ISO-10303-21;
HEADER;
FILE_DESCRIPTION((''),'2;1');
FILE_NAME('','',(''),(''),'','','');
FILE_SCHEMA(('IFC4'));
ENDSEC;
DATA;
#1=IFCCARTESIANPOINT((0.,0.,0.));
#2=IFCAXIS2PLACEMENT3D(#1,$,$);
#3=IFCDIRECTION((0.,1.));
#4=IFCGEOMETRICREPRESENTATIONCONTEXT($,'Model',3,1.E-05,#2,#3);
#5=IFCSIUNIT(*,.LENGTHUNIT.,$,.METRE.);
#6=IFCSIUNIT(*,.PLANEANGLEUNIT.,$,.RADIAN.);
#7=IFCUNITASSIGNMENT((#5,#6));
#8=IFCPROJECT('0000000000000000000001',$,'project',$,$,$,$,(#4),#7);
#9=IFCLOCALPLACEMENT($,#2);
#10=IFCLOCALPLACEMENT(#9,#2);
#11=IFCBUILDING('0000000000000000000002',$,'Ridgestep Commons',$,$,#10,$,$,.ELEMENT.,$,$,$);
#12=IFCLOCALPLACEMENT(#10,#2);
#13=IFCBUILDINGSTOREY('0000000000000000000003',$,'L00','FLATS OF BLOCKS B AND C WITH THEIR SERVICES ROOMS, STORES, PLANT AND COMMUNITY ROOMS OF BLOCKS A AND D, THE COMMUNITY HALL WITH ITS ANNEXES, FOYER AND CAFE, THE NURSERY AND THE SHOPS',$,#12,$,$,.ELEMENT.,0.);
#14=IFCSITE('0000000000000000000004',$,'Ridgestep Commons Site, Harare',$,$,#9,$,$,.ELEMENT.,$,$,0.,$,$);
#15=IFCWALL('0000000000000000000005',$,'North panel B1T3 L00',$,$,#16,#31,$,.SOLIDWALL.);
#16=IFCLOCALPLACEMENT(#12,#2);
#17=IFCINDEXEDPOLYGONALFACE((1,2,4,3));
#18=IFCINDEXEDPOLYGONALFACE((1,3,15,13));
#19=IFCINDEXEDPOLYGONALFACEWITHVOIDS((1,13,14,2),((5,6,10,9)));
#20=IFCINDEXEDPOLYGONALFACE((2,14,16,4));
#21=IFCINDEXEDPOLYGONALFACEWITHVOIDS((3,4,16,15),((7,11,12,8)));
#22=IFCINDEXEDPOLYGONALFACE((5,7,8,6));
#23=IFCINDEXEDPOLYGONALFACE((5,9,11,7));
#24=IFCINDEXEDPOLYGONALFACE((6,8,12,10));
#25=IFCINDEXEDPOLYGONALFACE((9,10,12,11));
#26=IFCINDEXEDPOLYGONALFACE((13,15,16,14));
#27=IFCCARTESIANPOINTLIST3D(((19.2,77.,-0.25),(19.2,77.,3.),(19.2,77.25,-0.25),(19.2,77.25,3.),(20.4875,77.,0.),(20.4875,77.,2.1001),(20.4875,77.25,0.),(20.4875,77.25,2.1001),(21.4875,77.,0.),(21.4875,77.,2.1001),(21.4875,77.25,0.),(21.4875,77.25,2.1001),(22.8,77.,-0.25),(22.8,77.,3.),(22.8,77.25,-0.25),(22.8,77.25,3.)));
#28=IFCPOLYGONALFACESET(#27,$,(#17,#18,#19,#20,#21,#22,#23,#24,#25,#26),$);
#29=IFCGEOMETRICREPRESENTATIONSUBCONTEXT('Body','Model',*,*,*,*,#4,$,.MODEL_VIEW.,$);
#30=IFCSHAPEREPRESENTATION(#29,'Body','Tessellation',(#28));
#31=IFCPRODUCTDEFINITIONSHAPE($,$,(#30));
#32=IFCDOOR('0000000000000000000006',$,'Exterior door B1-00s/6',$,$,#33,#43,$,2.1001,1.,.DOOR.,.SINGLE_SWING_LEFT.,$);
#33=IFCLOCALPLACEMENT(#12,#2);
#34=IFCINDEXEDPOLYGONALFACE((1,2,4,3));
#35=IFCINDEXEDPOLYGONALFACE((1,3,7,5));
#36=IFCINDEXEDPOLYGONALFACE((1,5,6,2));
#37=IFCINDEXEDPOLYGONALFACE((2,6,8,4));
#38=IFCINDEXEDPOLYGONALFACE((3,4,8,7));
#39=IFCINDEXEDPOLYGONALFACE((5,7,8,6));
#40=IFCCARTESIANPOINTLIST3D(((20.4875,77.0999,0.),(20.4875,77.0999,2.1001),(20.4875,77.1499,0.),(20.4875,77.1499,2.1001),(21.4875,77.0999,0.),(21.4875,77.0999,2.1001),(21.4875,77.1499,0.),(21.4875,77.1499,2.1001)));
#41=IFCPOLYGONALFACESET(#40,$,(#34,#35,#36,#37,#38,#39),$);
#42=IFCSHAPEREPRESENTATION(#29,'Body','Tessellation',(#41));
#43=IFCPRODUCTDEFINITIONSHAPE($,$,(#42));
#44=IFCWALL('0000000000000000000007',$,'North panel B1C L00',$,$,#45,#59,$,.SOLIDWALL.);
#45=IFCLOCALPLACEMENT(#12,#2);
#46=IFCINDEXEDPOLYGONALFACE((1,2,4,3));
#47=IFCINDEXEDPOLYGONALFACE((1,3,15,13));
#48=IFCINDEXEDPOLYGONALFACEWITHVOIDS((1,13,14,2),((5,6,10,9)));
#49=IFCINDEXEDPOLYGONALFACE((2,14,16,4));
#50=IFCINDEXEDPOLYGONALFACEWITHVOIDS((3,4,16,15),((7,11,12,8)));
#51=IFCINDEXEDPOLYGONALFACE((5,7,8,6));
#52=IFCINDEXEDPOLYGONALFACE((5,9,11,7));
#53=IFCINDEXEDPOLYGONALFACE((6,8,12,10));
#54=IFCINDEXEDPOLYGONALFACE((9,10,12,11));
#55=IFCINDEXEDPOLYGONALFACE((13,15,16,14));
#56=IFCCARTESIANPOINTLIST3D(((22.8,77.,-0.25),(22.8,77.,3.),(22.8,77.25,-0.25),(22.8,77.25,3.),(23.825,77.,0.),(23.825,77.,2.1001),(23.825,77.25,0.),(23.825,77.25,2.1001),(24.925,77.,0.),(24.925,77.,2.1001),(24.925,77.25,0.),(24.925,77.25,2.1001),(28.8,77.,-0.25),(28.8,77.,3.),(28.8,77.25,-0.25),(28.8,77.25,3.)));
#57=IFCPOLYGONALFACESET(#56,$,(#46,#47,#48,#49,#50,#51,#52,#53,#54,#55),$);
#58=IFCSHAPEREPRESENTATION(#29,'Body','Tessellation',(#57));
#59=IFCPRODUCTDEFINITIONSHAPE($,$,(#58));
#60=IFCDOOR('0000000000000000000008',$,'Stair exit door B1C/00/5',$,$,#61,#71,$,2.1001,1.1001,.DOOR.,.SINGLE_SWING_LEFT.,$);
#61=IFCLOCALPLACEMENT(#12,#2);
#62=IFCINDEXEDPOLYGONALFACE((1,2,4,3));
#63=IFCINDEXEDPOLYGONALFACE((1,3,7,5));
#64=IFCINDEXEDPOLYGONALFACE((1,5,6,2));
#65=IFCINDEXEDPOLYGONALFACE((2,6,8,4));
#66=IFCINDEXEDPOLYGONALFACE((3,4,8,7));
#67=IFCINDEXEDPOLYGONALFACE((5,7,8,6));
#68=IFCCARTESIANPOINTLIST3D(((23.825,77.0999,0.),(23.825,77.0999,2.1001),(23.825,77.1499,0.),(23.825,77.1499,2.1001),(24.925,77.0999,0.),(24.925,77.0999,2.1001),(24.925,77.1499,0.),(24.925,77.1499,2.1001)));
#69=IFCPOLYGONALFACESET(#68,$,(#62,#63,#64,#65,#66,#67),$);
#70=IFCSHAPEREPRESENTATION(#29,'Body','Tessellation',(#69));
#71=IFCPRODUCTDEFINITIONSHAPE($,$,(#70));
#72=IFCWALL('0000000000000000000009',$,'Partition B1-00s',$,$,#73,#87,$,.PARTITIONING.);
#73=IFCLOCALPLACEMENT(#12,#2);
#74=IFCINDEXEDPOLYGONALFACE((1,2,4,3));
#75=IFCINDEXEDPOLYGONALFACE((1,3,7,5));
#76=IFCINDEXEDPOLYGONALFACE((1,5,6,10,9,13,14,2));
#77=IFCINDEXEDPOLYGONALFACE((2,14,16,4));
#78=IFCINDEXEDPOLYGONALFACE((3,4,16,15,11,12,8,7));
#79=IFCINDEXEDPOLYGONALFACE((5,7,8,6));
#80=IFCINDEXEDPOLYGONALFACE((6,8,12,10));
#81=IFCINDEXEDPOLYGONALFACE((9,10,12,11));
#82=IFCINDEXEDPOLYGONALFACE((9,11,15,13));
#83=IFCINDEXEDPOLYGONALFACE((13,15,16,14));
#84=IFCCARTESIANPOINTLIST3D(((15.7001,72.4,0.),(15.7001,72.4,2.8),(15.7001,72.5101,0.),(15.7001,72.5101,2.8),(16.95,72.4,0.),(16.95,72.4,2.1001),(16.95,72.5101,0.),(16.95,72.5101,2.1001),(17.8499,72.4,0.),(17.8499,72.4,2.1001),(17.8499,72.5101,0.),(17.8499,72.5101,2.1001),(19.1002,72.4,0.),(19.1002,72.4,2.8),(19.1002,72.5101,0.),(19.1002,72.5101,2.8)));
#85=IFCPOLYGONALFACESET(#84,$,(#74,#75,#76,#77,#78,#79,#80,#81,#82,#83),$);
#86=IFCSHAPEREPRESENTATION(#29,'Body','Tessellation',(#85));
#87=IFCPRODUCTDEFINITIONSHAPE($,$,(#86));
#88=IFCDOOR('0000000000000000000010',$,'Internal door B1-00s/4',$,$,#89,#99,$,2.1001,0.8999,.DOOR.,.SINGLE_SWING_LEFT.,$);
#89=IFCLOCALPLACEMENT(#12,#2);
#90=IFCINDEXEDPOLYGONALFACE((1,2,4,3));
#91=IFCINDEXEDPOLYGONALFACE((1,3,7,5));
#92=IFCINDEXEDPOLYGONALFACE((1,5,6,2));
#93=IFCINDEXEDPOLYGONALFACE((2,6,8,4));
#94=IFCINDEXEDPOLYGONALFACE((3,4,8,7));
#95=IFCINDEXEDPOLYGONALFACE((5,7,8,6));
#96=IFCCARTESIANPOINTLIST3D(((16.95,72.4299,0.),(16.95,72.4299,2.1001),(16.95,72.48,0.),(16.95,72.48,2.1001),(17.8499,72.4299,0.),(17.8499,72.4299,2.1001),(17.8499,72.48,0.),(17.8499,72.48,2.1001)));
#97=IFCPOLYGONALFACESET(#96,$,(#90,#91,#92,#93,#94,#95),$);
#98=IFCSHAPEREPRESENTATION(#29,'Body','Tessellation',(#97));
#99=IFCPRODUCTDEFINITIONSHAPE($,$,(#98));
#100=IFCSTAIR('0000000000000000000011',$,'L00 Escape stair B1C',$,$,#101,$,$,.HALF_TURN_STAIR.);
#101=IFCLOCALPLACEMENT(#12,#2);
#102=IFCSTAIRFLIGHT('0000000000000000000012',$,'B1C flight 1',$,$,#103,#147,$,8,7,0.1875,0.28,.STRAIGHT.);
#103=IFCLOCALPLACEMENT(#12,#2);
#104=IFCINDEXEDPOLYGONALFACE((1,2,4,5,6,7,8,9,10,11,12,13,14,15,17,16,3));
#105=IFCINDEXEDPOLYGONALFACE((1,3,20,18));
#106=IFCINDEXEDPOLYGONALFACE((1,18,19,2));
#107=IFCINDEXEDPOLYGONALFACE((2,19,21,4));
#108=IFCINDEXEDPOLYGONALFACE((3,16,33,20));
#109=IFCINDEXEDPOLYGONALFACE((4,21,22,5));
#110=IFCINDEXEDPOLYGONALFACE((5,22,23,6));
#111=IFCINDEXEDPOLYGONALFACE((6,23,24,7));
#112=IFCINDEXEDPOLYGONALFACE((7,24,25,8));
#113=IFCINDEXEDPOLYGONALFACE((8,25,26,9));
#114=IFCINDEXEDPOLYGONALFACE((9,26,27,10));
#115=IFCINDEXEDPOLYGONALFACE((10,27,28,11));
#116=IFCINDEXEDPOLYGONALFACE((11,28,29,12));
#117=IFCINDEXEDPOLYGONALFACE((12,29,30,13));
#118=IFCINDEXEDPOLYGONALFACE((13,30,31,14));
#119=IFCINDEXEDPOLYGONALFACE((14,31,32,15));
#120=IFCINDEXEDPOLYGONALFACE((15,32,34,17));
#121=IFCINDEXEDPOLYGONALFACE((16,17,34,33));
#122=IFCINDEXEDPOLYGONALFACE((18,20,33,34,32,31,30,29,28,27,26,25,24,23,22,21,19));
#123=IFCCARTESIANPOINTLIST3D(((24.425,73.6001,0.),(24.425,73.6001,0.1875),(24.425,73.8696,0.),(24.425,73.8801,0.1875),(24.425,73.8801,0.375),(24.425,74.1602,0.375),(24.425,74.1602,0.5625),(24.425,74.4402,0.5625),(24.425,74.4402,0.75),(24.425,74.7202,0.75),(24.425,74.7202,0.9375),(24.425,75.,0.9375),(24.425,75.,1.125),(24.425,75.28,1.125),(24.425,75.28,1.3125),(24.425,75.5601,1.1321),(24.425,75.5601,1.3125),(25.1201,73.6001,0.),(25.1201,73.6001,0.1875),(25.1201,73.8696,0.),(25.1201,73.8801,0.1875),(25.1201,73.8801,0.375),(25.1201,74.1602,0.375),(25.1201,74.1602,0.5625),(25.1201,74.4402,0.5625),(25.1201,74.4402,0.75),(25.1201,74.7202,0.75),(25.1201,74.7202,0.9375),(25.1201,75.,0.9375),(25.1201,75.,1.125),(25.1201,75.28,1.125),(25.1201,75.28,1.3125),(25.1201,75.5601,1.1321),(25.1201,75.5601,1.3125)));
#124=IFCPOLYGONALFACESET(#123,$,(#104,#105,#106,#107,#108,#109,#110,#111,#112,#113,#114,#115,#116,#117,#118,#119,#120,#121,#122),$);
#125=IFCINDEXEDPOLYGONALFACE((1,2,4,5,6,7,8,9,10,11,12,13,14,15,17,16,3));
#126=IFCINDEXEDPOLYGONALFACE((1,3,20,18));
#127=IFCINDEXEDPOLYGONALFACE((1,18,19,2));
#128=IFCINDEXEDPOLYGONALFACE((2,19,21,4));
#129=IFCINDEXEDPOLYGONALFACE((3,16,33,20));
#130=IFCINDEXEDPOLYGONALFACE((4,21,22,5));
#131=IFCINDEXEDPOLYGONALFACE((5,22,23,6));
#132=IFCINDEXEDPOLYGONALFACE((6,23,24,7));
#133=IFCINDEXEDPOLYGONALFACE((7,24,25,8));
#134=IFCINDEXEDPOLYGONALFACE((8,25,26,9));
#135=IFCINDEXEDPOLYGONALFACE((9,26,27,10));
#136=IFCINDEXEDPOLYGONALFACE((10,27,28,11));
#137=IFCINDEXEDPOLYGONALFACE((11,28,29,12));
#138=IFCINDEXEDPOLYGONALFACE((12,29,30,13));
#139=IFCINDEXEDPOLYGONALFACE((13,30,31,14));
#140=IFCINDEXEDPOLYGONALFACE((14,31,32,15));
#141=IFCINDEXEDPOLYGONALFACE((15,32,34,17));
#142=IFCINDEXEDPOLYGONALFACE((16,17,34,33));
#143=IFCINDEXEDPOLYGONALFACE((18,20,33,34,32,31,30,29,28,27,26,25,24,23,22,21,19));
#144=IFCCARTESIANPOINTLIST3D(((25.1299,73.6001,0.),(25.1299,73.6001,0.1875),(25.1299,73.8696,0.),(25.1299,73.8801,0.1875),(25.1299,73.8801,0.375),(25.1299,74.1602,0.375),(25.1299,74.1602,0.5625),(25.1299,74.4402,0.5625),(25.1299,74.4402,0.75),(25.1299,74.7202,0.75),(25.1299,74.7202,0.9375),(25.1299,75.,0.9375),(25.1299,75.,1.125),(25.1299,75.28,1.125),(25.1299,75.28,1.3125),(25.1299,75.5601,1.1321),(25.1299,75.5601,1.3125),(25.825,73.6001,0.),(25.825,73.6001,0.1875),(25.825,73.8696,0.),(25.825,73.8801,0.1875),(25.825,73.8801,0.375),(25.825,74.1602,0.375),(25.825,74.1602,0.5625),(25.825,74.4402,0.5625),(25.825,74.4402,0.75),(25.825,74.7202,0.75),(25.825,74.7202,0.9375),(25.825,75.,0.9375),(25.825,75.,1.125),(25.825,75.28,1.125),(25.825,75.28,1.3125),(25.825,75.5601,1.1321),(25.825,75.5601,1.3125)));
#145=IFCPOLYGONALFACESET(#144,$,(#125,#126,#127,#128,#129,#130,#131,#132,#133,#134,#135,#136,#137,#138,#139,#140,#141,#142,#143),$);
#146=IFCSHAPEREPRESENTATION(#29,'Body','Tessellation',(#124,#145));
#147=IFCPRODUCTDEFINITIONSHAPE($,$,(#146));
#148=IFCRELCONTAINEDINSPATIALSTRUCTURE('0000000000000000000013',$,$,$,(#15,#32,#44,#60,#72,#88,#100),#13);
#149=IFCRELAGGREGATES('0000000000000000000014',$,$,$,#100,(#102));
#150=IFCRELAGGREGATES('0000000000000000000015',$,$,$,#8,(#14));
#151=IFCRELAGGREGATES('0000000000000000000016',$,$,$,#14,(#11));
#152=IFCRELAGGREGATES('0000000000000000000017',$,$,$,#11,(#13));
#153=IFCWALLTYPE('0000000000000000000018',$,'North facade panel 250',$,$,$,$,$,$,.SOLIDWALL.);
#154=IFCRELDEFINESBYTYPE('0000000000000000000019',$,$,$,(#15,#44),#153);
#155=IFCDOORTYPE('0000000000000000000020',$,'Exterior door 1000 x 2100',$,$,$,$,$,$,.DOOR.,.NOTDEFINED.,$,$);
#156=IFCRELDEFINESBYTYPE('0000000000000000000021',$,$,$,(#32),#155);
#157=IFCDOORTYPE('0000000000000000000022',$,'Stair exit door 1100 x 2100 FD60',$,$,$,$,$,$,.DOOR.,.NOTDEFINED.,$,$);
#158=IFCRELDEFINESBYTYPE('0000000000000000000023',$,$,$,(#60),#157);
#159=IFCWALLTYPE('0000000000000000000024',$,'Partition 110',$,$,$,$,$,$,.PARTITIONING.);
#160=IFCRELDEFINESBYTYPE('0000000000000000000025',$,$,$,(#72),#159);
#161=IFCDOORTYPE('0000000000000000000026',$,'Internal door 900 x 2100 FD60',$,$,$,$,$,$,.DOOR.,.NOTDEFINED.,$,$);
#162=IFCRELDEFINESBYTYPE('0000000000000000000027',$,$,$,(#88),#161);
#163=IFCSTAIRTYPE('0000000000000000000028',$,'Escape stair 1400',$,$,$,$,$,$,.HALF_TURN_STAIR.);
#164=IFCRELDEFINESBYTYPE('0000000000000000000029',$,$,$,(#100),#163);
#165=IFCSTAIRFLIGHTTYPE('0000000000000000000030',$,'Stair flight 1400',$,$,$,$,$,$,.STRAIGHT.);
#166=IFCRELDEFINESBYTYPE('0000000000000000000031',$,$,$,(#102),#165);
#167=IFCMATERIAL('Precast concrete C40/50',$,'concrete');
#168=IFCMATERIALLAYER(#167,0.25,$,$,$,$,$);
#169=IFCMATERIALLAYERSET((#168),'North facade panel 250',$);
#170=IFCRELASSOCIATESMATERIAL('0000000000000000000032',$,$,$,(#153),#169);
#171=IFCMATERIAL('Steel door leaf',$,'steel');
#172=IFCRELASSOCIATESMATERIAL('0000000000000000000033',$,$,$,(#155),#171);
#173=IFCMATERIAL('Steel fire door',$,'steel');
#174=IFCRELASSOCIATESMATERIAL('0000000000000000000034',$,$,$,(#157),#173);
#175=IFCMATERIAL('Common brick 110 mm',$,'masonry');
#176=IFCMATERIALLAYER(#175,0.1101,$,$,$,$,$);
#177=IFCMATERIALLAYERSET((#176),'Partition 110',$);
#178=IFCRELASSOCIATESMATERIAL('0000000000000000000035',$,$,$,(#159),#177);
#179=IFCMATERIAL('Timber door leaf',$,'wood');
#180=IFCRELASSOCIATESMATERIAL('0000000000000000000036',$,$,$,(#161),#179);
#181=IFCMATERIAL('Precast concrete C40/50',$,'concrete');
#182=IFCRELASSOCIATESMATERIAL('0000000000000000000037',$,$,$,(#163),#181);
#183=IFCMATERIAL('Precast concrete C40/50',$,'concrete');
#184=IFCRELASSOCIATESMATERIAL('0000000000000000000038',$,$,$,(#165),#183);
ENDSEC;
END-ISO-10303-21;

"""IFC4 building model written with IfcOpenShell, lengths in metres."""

from ifc_helpers import new_model, si_unit, direction, frame, frame_2d, origin, place, context, subcontext, project, spatial, polyline, rectangle, outline, extrude, material, layer, layer_set, type_object, element, fill, aggregate, save


model = new_model("IFC4")

# Units and contexts
model_context = context("Model", 3, precision=1e-05, world=origin(), true_north=direction((0.0, 1.0)))
body_context = subcontext(model_context, "Body", "Model", "MODEL_VIEW")
ifc_project = project(units=[si_unit("LENGTHUNIT", "METRE"), si_unit("PLANEANGLEUNIT", "RADIAN")], contexts=[model_context])

# Site, building, storey
site_placement = place(None, origin())
site = spatial("IfcSite", under=ifc_project, at=site_placement, Name="Ridgestep Commons Site, Harare", CompositionType="ELEMENT", RefElevation=0.0)
building_placement = place(site_placement, origin())
building = spatial("IfcBuilding", under=site, at=building_placement, Name="Ridgestep Commons", CompositionType="ELEMENT")
storey_placement = place(building_placement, origin())
storey = spatial("IfcBuildingStorey", under=building, at=storey_placement, Name="L00", Description="FLATS OF BLOCKS B AND C WITH THEIR SERVICES ROOMS, STORES, PLANT AND COMMUNITY ROOMS OF BLOCKS A AND D, THE COMMUNITY HALL WITH ITS ANNEXES, FOYER AND CAFE, THE NURSERY AND THE SHOPS", CompositionType="ELEMENT", Elevation=0.0)

# Shared definitions
ifc_material_1 = material(Name="Precast concrete C40/50", Category="concrete")
ifc_layer_1 = layer(ifc_material_1, 0.25)
ifc_layer_set_1 = layer_set([ifc_layer_1], Name="North facade panel 250")
wall_type_1 = type_object("IfcWallType", Name="North facade panel 250", PredefinedType="SOLIDWALL", material=ifc_layer_set_1)
ifc_material_2 = material(Name="Steel door leaf", Category="steel")
door_type_1 = type_object("IfcDoorType", Name="Exterior door 1000 x 2100", OperationType="NOTDEFINED", PredefinedType="DOOR", material=ifc_material_2)

# Walls, openings, doors
wall_1_placement = place(storey_placement, frame((19.2, 77.125, -0.25), z_axis=(0.0, 0.0, 1.0), x_axis=(1.0, 0.0, 0.0)))
wall_1 = element("IfcWall", 1, at=wall_1_placement, inside=storey, type_object=wall_type_1, Name="North panel B1T3 L00", PredefinedType="SOLIDWALL", context=body_context, shape_type="SweptSolid", body=[
    extrude(rectangle(XDim=3.6001, YDim=0.25, at=frame_2d((1.8, 0.0))), origin(), (0.0, 0.0, 1.0), 3.25),
])
opening_1_placement = place(wall_1_placement, frame((1.2876, 0.0, 0.25)))
opening_1 = element("IfcOpeningElement", 2, at=opening_1_placement, cuts=wall_1, PredefinedType="OPENING", context=body_context, shape_type="SweptSolid", body=[
    extrude(rectangle(XDim=1.0, YDim=2.1001, at=frame_2d((0.5, 1.05))), frame((0.0, 0.135, 0.0), z_axis=(0.0, -1.0, 0.0), x_axis=(1.0, 0.0, 0.0)), (0.0, 0.0, 1.0), 0.27),
])
door_1_placement = place(opening_1_placement, origin())
door_1 = element("IfcDoor", 3, at=door_1_placement, inside=storey, type_object=door_type_1, Name="Exterior door B1-00s/6", OperationType="SINGLE_SWING_LEFT", OverallHeight=2.1001, OverallWidth=1.0, PredefinedType="DOOR", context=body_context, shape_type="SweptSolid", body=[
    extrude(rectangle(XDim=1.0, YDim=2.1001, at=frame_2d((0.5, 1.05))), frame((0.0, 0.0249, 0.0), z_axis=(0.0, -1.0, 0.0), x_axis=(1.0, 0.0, 0.0)), (0.0, 0.0, 1.0), 0.05),
])
fill(opening_1, door_1)
wall_2_placement = place(storey_placement, frame((22.8, 77.125, -0.25), z_axis=(0.0, 0.0, 1.0), x_axis=(1.0, 0.0, 0.0)))
wall_2 = element("IfcWall", 4, at=wall_2_placement, inside=storey, type_object=wall_type_1, Name="North panel B1C L00", PredefinedType="SOLIDWALL", context=body_context, shape_type="SweptSolid", body=[
    extrude(rectangle(XDim=6.0, YDim=0.25, at=frame_2d((3.0, 0.0))), origin(), (0.0, 0.0, 1.0), 3.25),
])
opening_2_placement = place(wall_2_placement, frame((1.0249, 0.0, 0.25)))
opening_2 = element("IfcOpeningElement", 5, at=opening_2_placement, cuts=wall_2, PredefinedType="OPENING", context=body_context, shape_type="SweptSolid", body=[
    extrude(rectangle(XDim=1.1001, YDim=2.1001, at=frame_2d((0.55, 1.05))), frame((0.0, 0.135, 0.0), z_axis=(0.0, -1.0, 0.0), x_axis=(1.0, 0.0, 0.0)), (0.0, 0.0, 1.0), 0.27),
])
ifc_material_3 = material(Name="Steel fire door", Category="steel")
door_type_2 = type_object("IfcDoorType", Name="Stair exit door 1100 x 2100 FD60", OperationType="NOTDEFINED", PredefinedType="DOOR", material=ifc_material_3)
door_2_placement = place(opening_2_placement, origin())
door_2 = element("IfcDoor", 6, at=door_2_placement, inside=storey, type_object=door_type_2, Name="Stair exit door B1C/00/5", OperationType="SINGLE_SWING_LEFT", OverallHeight=2.1001, OverallWidth=1.1001, PredefinedType="DOOR", context=body_context, shape_type="SweptSolid", body=[
    extrude(rectangle(XDim=1.1001, YDim=2.1001, at=frame_2d((0.55, 1.05))), frame((0.0, 0.0249, 0.0), z_axis=(0.0, -1.0, 0.0), x_axis=(1.0, 0.0, 0.0)), (0.0, 0.0, 1.0), 0.05),
])
fill(opening_2, door_2)
ifc_material_4 = material(Name="Common brick 110 mm", Category="masonry")
ifc_layer_2 = layer(ifc_material_4, 0.1101)
ifc_layer_set_2 = layer_set([ifc_layer_2], Name="Partition 110")
wall_type_2 = type_object("IfcWallType", Name="Partition 110", PredefinedType="PARTITIONING", material=ifc_layer_set_2)
wall_3_placement = place(storey_placement, frame((15.7, 72.4551, 0.0), z_axis=(0.0, 0.0, 1.0), x_axis=(1.0, 0.0, 0.0)))
wall_3 = element("IfcWall", 7, at=wall_3_placement, inside=storey, type_object=wall_type_2, Name="Partition B1-00s", PredefinedType="PARTITIONING", context=body_context, shape_type="SweptSolid", body=[
    extrude(rectangle(XDim=3.4001, YDim=0.1101, at=frame_2d((1.7002, 0.0))), origin(), (0.0, 0.0, 1.0), 2.8),
])
opening_3_placement = place(wall_3_placement, frame((1.25, 0.0, 0.0)))
opening_3 = element("IfcOpeningElement", 8, at=opening_3_placement, cuts=wall_3, PredefinedType="OPENING", context=body_context, shape_type="SweptSolid", body=[
    extrude(rectangle(XDim=0.8999, YDim=2.1001, at=frame_2d((0.45, 1.05))), frame((0.0, 0.0649, 0.0), z_axis=(0.0, -1.0, 0.0), x_axis=(1.0, 0.0, 0.0)), (0.0, 0.0, 1.0), 0.1301),
])
ifc_material_5 = material(Name="Timber door leaf", Category="wood")
door_type_3 = type_object("IfcDoorType", Name="Internal door 900 x 2100 FD60", OperationType="NOTDEFINED", PredefinedType="DOOR", material=ifc_material_5)
door_3_placement = place(opening_3_placement, origin())
door_3 = element("IfcDoor", 9, at=door_3_placement, inside=storey, type_object=door_type_3, Name="Internal door B1-00s/4", OperationType="SINGLE_SWING_LEFT", OverallHeight=2.1001, OverallWidth=0.8999, PredefinedType="DOOR", context=body_context, shape_type="SweptSolid", body=[
    extrude(rectangle(XDim=0.8999, YDim=2.1001, at=frame_2d((0.45, 1.05))), frame((0.0, 0.0249, 0.0), z_axis=(0.0, -1.0, 0.0), x_axis=(1.0, 0.0, 0.0)), (0.0, 0.0, 1.0), 0.05),
])
fill(opening_3, door_3)

# Stair, stair flight
ifc_material_6 = material(Name="Precast concrete C40/50", Category="concrete")
stair_type = type_object("IfcStairType", Name="Escape stair 1400", PredefinedType="HALF_TURN_STAIR", material=ifc_material_6)
stair_placement = place(storey_placement, origin())
stair = element("IfcStair", 10, at=stair_placement, inside=storey, type_object=stair_type, Name="L00 Escape stair B1C", PredefinedType="HALF_TURN_STAIR")
ifc_material_7 = material(Name="Precast concrete C40/50", Category="concrete")
stair_flight_type = type_object("IfcStairFlightType", Name="Stair flight 1400", PredefinedType="STRAIGHT", material=ifc_material_7)
stair_flight_1_placement = place(storey_placement, frame((25.125, 73.6001, 0.0), z_axis=(0.0, 0.0, 1.0), x_axis=(0.0, 1.0, 0.0)))
stair_flight_1 = element("IfcStairFlight", 11, at=stair_flight_1_placement, type_object=stair_flight_type, Name="B1C flight 1", NumberOfRisers=8, NumberOfTreads=7, PredefinedType="STRAIGHT", RiserHeight=0.1875, TreadLength=0.28, context=body_context, shape_type="SweptSolid", body=[
    extrude(outline(polyline([(0.0, 0.0), (0.0, 0.1875), (0.28, 0.1875), (0.28, 0.375), (0.5601, 0.375), (0.5601, 0.5625), (0.8401, 0.5625), (0.8401, 0.75), (1.1201, 0.75), (1.1201, 0.9375), (1.3999, 0.9375), (1.3999, 1.125), (1.6799, 1.125), (1.6799, 1.3125), (1.96, 1.3125), (1.96, 1.5), (1.96, 1.1321), (0.2695, 0.0), (0.0, 0.0)])), frame((0.0, 0.7, 0.0), z_axis=(0.0, -1.0, 0.0), x_axis=(1.0, 0.0, 0.0)), (0.0, 0.0, 1.0), 0.6951),
    extrude(outline(polyline([(0.0, 0.0), (0.0, 0.1875), (0.28, 0.1875), (0.28, 0.375), (0.5601, 0.375), (0.5601, 0.5625), (0.8401, 0.5625), (0.8401, 0.75), (1.1201, 0.75), (1.1201, 0.9375), (1.3999, 0.9375), (1.3999, 1.125), (1.6799, 1.125), (1.6799, 1.3125), (1.96, 1.3125), (1.96, 1.5), (1.96, 1.1321), (0.2695, 0.0), (0.0, 0.0)])), frame((0.0, -0.0049, 0.0), z_axis=(0.0, -1.0, 0.0), x_axis=(1.0, 0.0, 0.0)), (0.0, 0.0, 1.0), 0.6951),
])
aggregate(stair, [stair_flight_1])

save(model, "model.ifc")
